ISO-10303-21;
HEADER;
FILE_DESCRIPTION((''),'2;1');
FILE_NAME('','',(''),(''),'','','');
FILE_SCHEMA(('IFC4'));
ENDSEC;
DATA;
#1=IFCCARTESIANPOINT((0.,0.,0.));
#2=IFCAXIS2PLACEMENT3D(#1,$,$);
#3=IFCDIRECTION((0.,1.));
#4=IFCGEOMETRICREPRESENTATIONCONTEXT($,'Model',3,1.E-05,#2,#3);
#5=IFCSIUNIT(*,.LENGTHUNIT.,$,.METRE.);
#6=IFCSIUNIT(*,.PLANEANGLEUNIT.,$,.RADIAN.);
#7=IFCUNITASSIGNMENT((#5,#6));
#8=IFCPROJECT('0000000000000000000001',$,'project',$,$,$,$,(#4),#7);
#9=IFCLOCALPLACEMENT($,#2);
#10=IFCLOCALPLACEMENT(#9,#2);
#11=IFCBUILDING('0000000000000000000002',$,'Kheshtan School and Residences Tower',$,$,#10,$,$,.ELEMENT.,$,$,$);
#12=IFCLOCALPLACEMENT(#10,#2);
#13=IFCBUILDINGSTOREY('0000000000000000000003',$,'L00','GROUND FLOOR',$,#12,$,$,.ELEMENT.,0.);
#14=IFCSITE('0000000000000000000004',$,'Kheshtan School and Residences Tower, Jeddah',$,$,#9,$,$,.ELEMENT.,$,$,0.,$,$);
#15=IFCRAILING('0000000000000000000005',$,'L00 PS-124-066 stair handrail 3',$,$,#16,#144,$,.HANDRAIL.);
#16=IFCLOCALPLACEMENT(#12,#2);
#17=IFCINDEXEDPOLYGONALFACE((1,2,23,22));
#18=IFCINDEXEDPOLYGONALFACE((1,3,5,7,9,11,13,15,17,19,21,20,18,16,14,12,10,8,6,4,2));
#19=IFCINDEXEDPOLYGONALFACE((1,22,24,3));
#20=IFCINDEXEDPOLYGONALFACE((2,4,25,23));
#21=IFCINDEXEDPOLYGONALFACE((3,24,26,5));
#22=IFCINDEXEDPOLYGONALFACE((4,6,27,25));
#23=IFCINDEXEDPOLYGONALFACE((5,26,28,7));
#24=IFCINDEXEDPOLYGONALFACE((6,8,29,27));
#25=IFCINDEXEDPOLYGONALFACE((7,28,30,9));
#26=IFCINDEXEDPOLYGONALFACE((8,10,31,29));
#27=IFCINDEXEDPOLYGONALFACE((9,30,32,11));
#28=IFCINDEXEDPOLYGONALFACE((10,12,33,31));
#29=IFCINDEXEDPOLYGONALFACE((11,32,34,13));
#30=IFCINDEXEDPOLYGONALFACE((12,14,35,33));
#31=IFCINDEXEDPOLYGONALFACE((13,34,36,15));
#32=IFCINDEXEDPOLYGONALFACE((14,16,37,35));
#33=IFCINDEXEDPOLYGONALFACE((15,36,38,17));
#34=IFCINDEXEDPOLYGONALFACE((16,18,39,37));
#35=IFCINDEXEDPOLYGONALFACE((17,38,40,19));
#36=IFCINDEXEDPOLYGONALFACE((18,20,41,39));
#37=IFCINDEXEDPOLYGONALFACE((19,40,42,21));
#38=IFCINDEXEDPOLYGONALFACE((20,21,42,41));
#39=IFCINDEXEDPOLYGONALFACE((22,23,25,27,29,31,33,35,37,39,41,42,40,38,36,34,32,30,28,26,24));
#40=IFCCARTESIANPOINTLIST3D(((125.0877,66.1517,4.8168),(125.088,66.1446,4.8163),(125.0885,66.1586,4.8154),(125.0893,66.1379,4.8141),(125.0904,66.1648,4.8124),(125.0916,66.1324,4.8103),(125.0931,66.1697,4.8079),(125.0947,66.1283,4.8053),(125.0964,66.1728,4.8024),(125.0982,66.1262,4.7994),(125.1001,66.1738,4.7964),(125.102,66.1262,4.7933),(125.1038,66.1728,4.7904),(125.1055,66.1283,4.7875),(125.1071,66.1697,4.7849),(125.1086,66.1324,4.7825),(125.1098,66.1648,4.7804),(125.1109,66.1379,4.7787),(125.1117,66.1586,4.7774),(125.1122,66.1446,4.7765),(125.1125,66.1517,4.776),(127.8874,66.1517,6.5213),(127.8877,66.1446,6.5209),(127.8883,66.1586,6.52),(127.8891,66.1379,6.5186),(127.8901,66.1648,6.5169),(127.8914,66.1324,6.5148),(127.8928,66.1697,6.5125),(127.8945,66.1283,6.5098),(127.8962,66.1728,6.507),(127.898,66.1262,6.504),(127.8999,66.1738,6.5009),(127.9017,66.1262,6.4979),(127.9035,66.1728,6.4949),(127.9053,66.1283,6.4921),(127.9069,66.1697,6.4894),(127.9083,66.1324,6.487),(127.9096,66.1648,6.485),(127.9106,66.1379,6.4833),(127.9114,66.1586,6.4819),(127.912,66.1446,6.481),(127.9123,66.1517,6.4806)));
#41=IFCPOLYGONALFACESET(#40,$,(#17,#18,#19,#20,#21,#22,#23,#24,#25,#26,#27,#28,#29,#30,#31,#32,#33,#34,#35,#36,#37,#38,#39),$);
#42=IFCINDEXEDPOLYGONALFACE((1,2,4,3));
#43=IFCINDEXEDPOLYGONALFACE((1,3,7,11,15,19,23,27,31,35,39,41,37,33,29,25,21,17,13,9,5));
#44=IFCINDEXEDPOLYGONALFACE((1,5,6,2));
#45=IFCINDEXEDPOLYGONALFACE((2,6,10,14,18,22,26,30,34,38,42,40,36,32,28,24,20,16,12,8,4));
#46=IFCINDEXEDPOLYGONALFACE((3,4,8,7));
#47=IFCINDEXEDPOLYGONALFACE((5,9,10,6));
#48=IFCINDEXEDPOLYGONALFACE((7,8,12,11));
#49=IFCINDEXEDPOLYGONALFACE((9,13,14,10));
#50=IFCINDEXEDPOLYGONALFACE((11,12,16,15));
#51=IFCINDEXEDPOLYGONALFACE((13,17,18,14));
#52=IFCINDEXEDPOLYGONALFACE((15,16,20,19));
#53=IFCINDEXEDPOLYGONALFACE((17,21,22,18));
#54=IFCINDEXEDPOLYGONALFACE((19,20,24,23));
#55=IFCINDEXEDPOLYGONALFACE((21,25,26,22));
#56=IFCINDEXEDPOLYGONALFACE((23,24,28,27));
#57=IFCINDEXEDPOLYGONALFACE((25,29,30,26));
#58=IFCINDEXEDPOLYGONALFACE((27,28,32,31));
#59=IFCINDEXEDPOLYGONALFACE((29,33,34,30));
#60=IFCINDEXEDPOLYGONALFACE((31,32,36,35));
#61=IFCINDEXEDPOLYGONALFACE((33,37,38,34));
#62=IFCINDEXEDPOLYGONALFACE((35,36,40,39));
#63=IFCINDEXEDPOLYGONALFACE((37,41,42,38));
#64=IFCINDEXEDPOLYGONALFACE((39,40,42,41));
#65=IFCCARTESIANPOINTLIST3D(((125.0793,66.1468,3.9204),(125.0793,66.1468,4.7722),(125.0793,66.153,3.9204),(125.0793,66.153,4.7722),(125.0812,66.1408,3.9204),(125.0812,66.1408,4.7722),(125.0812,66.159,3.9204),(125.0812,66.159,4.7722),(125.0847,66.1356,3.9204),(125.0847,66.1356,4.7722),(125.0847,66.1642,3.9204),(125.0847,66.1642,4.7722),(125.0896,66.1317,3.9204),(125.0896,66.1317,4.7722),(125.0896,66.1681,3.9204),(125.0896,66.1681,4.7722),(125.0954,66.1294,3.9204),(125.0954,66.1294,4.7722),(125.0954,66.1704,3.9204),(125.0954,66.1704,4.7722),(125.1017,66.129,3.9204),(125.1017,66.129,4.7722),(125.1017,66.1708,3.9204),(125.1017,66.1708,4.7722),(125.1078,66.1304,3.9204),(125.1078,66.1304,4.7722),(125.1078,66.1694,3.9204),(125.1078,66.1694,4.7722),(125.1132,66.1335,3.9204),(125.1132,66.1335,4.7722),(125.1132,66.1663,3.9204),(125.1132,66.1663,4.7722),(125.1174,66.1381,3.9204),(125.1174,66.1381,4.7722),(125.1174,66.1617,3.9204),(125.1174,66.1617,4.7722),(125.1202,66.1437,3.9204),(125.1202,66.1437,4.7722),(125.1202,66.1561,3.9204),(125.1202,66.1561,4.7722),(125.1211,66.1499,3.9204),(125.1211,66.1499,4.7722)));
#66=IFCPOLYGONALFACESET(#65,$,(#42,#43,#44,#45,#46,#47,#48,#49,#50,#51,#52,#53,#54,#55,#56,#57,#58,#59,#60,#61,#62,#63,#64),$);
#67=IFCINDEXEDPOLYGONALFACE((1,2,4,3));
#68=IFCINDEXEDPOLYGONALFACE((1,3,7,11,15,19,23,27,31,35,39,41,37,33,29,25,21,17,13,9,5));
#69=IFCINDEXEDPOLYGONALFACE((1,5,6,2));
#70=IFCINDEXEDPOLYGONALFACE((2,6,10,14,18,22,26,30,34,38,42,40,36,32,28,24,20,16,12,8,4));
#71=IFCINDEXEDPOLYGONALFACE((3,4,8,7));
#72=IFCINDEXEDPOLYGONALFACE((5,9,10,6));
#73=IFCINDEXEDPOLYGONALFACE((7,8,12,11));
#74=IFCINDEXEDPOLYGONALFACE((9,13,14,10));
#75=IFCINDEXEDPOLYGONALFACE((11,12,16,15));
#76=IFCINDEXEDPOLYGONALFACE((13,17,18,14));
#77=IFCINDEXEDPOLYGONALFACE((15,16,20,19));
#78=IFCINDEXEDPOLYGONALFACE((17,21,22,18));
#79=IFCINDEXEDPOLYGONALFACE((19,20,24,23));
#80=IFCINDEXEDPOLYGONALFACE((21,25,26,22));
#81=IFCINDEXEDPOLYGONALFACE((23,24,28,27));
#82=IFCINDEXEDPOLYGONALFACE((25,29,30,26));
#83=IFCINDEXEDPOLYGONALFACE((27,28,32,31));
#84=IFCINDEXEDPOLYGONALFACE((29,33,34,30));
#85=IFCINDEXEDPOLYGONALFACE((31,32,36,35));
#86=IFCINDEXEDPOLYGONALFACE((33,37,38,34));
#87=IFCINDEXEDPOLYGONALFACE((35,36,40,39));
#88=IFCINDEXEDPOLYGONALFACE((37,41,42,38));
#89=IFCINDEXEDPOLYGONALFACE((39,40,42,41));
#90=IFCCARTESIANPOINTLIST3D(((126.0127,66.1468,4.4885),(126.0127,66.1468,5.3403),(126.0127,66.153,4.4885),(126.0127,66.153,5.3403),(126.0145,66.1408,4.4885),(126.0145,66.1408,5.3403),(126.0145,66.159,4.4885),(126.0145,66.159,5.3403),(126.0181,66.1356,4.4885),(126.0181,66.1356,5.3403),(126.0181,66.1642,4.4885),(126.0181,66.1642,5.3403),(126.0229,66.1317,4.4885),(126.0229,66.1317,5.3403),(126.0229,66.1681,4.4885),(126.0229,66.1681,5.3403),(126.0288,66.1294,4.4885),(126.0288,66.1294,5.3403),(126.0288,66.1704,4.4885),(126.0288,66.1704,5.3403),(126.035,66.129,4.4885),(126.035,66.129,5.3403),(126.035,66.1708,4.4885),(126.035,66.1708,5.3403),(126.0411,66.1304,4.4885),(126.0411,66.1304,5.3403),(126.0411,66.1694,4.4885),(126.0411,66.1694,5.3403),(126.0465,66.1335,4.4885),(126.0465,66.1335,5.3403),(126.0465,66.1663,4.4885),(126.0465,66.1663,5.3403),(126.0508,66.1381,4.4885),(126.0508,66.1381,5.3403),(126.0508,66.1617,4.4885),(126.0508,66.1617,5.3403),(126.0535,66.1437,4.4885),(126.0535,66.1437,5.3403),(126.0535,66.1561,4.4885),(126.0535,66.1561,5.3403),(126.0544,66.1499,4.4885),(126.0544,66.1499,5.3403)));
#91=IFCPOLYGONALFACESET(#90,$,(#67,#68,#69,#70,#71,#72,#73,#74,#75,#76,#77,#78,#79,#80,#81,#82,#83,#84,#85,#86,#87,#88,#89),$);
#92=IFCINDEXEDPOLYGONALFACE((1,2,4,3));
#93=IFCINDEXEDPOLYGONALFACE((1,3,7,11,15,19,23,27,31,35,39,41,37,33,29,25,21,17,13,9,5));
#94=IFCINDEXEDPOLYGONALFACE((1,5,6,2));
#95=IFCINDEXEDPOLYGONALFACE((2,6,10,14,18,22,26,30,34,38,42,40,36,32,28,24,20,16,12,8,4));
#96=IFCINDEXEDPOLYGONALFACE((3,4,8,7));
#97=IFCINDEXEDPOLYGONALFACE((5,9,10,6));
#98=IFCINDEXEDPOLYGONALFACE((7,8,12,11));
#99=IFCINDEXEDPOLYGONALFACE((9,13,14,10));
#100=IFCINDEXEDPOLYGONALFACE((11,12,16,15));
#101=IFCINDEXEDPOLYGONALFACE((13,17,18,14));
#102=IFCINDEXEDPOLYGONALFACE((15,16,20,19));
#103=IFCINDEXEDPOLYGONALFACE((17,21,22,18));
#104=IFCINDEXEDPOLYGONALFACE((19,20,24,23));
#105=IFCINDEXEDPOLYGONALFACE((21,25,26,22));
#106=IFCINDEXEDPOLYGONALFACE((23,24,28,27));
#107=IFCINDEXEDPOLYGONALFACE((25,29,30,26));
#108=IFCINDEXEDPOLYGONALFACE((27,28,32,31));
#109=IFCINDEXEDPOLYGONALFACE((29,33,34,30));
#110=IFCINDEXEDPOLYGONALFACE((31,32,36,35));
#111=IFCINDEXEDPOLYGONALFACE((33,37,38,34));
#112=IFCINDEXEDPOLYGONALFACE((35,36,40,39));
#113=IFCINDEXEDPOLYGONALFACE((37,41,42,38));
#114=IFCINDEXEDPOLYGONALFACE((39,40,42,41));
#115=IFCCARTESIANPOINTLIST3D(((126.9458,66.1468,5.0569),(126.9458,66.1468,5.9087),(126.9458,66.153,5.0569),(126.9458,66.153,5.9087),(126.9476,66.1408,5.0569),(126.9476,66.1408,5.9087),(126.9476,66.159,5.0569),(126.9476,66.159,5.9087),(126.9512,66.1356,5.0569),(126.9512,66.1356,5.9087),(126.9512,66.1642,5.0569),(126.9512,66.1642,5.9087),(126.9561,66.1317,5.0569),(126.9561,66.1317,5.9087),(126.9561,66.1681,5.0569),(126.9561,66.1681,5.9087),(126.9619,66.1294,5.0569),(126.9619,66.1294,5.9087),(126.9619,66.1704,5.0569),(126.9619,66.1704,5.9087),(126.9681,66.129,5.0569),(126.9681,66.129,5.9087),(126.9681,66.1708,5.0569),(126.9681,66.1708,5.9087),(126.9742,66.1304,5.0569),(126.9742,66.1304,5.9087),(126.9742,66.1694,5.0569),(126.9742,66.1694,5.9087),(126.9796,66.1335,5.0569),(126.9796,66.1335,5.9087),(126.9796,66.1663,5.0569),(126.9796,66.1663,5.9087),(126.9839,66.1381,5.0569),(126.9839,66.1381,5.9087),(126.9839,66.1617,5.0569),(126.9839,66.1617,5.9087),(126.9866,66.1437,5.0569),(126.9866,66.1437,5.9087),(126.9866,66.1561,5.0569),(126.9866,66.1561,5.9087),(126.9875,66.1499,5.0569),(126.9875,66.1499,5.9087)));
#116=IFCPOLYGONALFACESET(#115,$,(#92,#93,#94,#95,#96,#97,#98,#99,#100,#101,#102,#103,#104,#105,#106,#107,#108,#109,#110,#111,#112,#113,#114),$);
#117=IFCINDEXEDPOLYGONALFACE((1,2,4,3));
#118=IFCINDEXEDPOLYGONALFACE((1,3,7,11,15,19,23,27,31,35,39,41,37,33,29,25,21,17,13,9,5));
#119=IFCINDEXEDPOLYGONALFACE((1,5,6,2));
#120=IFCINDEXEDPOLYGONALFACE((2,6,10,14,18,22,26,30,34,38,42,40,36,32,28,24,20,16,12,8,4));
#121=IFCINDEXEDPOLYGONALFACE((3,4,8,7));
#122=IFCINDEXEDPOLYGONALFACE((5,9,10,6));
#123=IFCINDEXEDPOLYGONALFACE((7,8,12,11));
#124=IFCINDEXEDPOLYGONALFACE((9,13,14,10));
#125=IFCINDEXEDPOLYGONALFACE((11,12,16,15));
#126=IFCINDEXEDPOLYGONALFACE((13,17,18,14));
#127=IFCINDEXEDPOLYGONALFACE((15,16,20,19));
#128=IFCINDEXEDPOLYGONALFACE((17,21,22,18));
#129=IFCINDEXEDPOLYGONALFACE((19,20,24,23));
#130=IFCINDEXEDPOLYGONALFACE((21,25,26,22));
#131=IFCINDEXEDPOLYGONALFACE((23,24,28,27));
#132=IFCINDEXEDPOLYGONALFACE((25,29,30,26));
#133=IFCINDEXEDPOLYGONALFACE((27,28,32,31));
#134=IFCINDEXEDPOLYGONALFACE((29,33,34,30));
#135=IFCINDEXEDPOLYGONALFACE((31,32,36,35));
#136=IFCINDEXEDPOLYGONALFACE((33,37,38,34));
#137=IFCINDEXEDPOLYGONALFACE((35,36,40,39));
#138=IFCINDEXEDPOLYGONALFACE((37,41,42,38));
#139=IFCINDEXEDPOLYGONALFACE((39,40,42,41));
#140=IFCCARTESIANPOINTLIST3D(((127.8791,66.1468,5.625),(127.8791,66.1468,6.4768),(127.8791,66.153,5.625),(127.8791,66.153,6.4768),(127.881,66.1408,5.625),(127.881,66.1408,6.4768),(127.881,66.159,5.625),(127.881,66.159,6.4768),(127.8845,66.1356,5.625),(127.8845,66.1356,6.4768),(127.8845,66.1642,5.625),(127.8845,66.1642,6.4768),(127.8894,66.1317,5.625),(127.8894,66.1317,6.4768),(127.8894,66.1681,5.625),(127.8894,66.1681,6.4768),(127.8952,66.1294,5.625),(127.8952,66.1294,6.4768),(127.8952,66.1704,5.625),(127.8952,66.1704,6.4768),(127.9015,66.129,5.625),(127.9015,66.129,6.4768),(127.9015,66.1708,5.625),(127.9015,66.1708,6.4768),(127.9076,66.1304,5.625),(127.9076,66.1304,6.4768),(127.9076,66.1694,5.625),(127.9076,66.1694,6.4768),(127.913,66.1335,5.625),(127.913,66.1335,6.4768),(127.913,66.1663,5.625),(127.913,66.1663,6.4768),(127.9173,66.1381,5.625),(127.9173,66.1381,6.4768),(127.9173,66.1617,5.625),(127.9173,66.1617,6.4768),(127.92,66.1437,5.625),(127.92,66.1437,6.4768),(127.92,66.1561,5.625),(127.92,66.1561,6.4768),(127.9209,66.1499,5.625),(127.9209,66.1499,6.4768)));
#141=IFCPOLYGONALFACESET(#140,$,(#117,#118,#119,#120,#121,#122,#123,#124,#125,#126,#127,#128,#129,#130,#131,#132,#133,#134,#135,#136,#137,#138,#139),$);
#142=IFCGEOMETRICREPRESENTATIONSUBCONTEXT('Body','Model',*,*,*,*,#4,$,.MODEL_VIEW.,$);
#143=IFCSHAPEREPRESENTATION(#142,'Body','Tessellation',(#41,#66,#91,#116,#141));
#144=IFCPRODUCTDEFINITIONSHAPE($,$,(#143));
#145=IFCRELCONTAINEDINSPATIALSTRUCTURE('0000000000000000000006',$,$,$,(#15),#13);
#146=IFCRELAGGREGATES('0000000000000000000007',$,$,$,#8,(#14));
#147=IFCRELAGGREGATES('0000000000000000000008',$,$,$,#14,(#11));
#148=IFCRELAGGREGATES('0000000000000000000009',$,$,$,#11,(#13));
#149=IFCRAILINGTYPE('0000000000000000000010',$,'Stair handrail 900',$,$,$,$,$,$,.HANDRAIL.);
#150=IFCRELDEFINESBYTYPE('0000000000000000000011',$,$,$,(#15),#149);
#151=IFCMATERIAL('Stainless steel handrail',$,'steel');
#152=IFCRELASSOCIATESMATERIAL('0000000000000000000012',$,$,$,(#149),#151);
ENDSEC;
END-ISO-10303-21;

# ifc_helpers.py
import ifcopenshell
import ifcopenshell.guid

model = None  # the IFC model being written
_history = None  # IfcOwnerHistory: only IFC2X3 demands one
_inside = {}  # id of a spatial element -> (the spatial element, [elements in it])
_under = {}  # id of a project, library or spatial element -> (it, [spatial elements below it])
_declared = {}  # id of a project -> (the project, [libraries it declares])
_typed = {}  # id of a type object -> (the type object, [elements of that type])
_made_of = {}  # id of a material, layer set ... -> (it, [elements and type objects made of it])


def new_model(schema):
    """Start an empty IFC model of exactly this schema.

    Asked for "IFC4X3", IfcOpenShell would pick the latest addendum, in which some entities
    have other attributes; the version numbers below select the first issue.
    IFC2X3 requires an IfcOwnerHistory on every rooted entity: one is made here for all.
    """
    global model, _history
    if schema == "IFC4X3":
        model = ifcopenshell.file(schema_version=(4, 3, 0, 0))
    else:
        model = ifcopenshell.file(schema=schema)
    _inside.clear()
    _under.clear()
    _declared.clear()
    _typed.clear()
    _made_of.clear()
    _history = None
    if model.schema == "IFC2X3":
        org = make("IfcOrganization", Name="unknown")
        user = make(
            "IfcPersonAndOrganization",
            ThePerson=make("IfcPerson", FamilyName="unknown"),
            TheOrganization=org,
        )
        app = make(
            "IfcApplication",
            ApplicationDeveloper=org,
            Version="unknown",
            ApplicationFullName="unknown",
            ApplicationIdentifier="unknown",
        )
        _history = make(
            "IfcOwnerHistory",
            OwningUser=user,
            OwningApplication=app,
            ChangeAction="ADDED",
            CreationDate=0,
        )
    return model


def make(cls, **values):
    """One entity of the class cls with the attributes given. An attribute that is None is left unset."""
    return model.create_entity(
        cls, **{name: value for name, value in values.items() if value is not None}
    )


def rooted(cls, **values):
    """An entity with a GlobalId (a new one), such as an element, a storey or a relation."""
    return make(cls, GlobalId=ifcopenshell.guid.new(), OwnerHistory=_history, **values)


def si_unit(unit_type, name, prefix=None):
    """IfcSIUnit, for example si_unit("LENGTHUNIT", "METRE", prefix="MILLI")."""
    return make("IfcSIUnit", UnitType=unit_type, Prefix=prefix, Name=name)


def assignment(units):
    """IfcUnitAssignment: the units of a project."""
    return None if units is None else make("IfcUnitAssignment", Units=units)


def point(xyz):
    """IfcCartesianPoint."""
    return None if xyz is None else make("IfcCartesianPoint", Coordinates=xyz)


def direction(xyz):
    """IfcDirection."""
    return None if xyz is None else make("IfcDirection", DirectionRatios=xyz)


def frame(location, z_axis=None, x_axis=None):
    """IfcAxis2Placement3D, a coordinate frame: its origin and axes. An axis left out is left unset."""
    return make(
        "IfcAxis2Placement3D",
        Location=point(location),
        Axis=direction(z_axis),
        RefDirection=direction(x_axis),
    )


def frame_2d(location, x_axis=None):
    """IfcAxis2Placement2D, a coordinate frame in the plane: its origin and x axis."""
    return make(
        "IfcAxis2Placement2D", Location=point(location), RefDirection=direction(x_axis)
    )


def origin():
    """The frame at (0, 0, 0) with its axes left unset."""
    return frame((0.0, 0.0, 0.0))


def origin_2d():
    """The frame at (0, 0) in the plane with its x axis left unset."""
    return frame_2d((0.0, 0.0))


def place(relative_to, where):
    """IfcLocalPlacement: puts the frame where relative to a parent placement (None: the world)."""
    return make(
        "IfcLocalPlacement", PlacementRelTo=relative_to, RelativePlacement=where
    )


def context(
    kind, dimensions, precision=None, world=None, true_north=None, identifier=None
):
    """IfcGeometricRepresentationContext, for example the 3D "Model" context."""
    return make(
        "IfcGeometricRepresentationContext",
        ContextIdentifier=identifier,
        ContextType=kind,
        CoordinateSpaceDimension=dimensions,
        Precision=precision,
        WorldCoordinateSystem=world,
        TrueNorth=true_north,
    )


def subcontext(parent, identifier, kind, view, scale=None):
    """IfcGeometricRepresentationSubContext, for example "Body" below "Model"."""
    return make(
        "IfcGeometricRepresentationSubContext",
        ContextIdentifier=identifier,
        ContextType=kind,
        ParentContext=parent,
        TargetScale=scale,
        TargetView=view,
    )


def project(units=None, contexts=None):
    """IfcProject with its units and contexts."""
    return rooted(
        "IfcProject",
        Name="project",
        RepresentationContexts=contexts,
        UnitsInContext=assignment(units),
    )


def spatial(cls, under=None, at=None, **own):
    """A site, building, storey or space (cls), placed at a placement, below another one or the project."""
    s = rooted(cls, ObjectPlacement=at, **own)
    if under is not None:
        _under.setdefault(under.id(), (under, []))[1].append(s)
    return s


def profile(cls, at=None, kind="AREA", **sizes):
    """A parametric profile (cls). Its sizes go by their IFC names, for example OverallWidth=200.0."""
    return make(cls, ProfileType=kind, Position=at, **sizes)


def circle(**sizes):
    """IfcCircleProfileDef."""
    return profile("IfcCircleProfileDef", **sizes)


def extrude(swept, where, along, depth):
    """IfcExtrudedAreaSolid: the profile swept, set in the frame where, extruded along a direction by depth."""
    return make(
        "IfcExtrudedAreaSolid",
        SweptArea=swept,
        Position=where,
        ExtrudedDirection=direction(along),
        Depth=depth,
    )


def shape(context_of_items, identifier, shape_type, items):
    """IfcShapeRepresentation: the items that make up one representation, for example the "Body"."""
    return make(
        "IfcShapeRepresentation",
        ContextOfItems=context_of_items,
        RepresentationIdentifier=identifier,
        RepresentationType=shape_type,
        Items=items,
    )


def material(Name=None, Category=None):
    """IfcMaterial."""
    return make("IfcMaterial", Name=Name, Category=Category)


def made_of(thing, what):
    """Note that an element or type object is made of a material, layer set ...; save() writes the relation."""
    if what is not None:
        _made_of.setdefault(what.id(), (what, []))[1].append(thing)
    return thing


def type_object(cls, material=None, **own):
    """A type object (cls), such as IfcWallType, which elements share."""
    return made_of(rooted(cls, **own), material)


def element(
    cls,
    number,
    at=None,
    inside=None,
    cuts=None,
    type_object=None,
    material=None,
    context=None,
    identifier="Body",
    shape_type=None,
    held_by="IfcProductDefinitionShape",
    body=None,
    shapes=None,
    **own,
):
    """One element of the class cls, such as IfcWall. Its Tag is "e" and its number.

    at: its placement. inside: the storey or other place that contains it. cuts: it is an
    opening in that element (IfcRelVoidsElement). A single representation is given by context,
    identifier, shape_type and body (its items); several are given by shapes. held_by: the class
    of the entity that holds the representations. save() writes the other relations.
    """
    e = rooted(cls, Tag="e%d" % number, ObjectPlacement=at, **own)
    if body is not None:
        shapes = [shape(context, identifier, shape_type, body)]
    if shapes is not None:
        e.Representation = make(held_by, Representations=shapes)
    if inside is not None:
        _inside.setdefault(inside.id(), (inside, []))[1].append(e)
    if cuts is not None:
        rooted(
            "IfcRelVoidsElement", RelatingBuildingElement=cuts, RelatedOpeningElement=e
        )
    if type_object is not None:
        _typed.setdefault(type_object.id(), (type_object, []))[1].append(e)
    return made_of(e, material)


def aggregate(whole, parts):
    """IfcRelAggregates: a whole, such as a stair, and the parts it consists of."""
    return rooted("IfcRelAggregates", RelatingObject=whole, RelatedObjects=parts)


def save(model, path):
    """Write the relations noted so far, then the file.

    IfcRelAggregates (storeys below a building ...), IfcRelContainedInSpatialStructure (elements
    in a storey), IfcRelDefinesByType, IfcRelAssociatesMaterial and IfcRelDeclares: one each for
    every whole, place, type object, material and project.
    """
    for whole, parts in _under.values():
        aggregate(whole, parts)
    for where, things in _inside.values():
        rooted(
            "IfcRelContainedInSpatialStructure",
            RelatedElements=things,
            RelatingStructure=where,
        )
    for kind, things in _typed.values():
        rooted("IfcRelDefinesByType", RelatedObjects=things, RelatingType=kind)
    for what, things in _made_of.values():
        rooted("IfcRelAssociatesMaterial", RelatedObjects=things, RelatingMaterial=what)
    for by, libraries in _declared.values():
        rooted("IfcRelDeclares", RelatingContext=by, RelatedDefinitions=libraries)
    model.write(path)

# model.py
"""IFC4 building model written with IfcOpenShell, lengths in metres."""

from ifc_helpers import new_model, si_unit, direction, frame, origin, origin_2d, place, context, subcontext, project, spatial, circle, extrude, material, type_object, element, save


model = new_model("IFC4")

# Units and contexts
model_context = context("Model", 3, precision=1e-05, world=origin(), true_north=direction((0.0, 1.0)))
body_context = subcontext(model_context, "Body", "Model", "MODEL_VIEW")
ifc_project = project(units=[si_unit("LENGTHUNIT", "METRE"), si_unit("PLANEANGLEUNIT", "RADIAN")], contexts=[model_context])

# Site, building, storey
site_placement = place(None, origin())
site = spatial("IfcSite", under=ifc_project, at=site_placement, Name="Kheshtan School and Residences Tower, Jeddah", CompositionType="ELEMENT", RefElevation=0.0)
building_placement = place(site_placement, origin())
building = spatial("IfcBuilding", under=site, at=building_placement, Name="Kheshtan School and Residences Tower", CompositionType="ELEMENT")
storey_placement = place(building_placement, origin())
storey = spatial("IfcBuildingStorey", under=building, at=storey_placement, Name="L00", Description="GROUND FLOOR", CompositionType="ELEMENT", Elevation=0.0)

# Railing
ifc_material_1 = material(Name="Stainless steel handrail", Category="steel")
railing_type_1 = type_object("IfcRailingType", Name="Stair handrail 900", PredefinedType="HANDRAIL", material=ifc_material_1)
for number, where, name in (
    (1, (125.1001, 66.1499, 3.9204), "L00 PS-124-066 stair handrail 3"),
):
    element("IfcRailing", number, at=place(storey_placement, frame(where)), inside=storey, type_object=railing_type_1, Name=name, PredefinedType="HANDRAIL", context=body_context, shape_type="SweptSolid", body=[
        extrude(circle(Radius=0.0239, at=origin_2d()), frame((0.0, 0.0, 0.876), z_axis=(0.85415, 0.0, 0.520027), x_axis=(0.0, 1.0, 0.0)), (0.0, 0.0, 1.0), 3.2778),
        extrude(circle(Radius=0.021, at=origin_2d()), origin(), (0.0, 0.0, 1.0), 0.8518),
        extrude(circle(Radius=0.021, at=origin_2d()), frame((0.9333, 0.0, 0.5681)), (0.0, 0.0, 1.0), 0.8518),
        extrude(circle(Radius=0.021, at=origin_2d()), frame((1.8665, 0.0, 1.1365)), (0.0, 0.0, 1.0), 0.8518),
        extrude(circle(Radius=0.021, at=origin_2d()), frame((2.7998, 0.0, 1.7046)), (0.0, 0.0, 1.0), 0.8518),
    ])

save(model, "model.ifc")
